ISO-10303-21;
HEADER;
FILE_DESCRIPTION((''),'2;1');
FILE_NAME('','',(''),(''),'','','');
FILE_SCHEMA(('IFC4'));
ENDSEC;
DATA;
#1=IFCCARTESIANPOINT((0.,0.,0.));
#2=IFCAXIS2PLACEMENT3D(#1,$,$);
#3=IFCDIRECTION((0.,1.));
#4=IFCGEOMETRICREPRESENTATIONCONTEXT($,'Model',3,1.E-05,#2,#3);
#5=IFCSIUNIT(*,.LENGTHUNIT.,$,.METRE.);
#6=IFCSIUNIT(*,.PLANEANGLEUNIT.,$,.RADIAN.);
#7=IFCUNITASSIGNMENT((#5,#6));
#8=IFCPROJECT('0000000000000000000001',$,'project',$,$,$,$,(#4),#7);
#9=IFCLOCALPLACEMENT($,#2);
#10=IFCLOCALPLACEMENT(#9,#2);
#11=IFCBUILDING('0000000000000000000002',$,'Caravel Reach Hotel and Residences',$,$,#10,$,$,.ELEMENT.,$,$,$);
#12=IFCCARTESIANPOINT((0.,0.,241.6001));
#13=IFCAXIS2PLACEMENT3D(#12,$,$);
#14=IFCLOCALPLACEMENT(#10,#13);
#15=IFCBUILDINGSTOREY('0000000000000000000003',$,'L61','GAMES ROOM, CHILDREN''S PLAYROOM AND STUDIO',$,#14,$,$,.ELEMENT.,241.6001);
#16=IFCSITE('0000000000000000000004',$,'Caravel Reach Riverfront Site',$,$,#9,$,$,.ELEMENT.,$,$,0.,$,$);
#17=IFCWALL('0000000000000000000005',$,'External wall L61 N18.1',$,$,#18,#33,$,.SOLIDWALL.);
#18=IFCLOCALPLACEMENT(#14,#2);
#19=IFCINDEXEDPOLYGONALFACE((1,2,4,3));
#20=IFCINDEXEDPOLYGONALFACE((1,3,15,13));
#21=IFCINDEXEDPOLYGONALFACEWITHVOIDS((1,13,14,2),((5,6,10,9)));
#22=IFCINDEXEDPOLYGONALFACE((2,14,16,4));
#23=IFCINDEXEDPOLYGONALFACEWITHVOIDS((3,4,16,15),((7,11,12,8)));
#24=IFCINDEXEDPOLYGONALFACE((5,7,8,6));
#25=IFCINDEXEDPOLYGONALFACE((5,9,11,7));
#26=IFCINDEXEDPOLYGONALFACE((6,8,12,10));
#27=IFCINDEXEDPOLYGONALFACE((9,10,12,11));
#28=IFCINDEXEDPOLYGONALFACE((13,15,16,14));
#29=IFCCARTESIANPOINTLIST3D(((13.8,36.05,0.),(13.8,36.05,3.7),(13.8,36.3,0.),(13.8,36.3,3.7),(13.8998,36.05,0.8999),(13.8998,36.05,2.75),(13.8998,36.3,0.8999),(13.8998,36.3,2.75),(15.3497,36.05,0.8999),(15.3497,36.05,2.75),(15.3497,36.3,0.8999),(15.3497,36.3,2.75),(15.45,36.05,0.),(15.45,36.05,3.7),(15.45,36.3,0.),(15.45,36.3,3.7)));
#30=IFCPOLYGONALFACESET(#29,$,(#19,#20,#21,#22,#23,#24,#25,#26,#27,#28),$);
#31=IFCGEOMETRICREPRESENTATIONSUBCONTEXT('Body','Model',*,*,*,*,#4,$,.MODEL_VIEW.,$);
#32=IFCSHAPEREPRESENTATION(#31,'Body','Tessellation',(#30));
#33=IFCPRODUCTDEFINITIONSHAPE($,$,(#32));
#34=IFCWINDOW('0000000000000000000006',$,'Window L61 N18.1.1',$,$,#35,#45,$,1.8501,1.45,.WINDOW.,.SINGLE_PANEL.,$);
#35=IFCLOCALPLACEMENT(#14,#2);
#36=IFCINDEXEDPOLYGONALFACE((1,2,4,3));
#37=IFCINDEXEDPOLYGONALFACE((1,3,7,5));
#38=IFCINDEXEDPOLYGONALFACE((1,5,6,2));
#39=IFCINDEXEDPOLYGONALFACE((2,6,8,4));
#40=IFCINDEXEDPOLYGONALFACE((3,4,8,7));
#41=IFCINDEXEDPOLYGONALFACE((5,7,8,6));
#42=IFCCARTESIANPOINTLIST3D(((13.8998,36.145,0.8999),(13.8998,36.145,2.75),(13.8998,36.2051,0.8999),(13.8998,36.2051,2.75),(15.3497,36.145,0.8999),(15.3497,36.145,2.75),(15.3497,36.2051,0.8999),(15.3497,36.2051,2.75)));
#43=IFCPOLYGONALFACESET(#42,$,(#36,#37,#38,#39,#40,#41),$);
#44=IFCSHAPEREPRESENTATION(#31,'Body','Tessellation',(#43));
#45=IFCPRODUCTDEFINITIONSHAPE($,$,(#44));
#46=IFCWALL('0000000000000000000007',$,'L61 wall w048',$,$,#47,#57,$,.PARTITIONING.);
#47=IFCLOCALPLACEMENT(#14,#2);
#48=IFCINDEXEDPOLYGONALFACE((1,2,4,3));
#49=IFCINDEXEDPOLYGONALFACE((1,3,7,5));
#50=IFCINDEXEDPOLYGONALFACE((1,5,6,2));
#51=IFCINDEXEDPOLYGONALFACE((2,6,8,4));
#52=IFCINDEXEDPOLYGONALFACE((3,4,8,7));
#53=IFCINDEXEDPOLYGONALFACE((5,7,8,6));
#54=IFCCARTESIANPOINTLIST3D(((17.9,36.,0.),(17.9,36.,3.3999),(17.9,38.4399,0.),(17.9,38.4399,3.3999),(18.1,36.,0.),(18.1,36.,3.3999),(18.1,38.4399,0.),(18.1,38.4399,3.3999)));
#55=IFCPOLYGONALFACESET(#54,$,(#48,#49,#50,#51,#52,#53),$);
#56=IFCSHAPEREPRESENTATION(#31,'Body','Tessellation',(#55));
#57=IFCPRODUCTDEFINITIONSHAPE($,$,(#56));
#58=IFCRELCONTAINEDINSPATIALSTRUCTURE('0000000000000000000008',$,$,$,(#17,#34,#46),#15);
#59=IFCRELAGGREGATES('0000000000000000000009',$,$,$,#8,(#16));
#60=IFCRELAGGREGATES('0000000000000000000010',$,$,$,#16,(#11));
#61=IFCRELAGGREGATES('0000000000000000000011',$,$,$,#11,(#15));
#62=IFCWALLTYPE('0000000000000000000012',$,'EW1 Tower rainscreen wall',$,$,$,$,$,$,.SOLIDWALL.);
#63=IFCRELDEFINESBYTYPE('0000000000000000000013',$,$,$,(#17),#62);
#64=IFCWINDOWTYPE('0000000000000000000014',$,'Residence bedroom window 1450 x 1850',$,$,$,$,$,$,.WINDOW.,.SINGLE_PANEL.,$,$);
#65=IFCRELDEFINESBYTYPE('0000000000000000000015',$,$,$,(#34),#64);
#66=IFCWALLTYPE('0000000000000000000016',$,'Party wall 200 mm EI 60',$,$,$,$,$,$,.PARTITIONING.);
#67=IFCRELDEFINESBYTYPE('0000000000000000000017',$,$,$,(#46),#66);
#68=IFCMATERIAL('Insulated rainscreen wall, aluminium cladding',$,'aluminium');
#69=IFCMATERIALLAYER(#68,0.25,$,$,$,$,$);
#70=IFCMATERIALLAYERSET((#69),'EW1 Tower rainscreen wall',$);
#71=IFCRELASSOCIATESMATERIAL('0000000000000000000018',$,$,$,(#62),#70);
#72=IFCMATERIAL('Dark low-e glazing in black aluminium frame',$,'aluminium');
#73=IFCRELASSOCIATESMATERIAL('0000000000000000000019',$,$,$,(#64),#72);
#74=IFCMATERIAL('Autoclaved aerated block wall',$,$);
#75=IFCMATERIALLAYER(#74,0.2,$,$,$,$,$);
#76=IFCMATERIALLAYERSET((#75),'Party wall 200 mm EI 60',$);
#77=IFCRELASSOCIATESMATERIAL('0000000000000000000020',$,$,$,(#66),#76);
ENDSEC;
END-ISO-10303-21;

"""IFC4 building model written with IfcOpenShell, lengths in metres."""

from ifc_helpers import new_model, si_unit, direction, frame, frame_2d, origin, place, context, subcontext, project, spatial, rectangle, extrude, material, layer, layer_set, type_object, element, fill, save


model = new_model("IFC4")

# Units and contexts
model_context = context("Model", 3, precision=1e-05, world=origin(), true_north=direction((0.0, 1.0)))
body_context = subcontext(model_context, "Body", "Model", "MODEL_VIEW")
ifc_project = project(units=[si_unit("LENGTHUNIT", "METRE"), si_unit("PLANEANGLEUNIT", "RADIAN")], contexts=[model_context])

# Site, building, storey
site_placement = place(None, origin())
site = spatial("IfcSite", under=ifc_project, at=site_placement, Name="Caravel Reach Riverfront Site", CompositionType="ELEMENT", RefElevation=0.0)
building_placement = place(site_placement, origin())
building = spatial("IfcBuilding", under=site, at=building_placement, Name="Caravel Reach Hotel and Residences", CompositionType="ELEMENT")
storey_placement = place(building_placement, frame((0.0, 0.0, 241.6001)))
storey = spatial("IfcBuildingStorey", under=building, at=storey_placement, Name="L61", Description="GAMES ROOM, CHILDREN'S PLAYROOM AND STUDIO", CompositionType="ELEMENT", Elevation=241.6001)

# Wall, opening, window
ifc_material_1 = material(Name="Insulated rainscreen wall, aluminium cladding", Category="aluminium")
ifc_layer_1 = layer(ifc_material_1, 0.25)
ifc_layer_set_1 = layer_set([ifc_layer_1], Name="EW1 Tower rainscreen wall")
wall_type_1 = type_object("IfcWallType", Name="EW1 Tower rainscreen wall", PredefinedType="SOLIDWALL", material=ifc_layer_set_1)
ifc_material_2 = material(Name="Dark low-e glazing in black aluminium frame", Category="aluminium")
window_type = type_object("IfcWindowType", Name="Residence bedroom window 1450 x 1850", PartitioningType="SINGLE_PANEL", PredefinedType="WINDOW", material=ifc_material_2)
wall_1_placement = place(storey_placement, frame((15.45, 36.175, 0.0), z_axis=(0.0, 0.0, 1.0), x_axis=(-1.0, 0.0, 0.0)))
wall_1 = element("IfcWall", 1, at=wall_1_placement, inside=storey, type_object=wall_type_1, Name="External wall L61 N18.1", PredefinedType="SOLIDWALL", context=body_context, shape_type="SweptSolid", body=[
    extrude(rectangle(XDim=1.6499, YDim=0.25, at=frame_2d((0.825, 0.0))), origin(), (0.0, 0.0, 1.0), 3.7),
])
opening_1_placement = place(wall_1_placement, frame((0.1001, 0.0, 0.8999)))
opening_1 = element("IfcOpeningElement", 2, at=opening_1_placement, cuts=wall_1, PredefinedType="OPENING", context=body_context, shape_type="SweptSolid", body=[
    extrude(rectangle(XDim=1.45, YDim=1.8501, at=frame_2d((0.7251, 0.925))), frame((0.0, 0.135, 0.0), z_axis=(0.0, -1.0, 0.0), x_axis=(1.0, 0.0, 0.0)), (0.0, 0.0, 1.0), 0.27),
])
window_1_placement = place(opening_1_placement, origin())
window_1 = element("IfcWindow", 3, at=window_1_placement, inside=storey, type_object=window_type, Name="Window L61 N18.1.1", OverallHeight=1.8501, OverallWidth=1.45, PartitioningType="SINGLE_PANEL", PredefinedType="WINDOW", context=body_context, shape_type="SweptSolid", body=[
    extrude(rectangle(XDim=1.45, YDim=1.8501, at=frame_2d((0.7251, 0.925))), frame((0.0, 0.03, 0.0), z_axis=(0.0, -1.0, 0.0), x_axis=(1.0, 0.0, 0.0)), (0.0, 0.0, 1.0), 0.0601),
])
fill(opening_1, window_1)

# Wall
ifc_material_3 = material(Name="Autoclaved aerated block wall")
ifc_layer_2 = layer(ifc_material_3, 0.2)
ifc_layer_set_2 = layer_set([ifc_layer_2], Name="Party wall 200 mm EI 60")
wall_type_2 = type_object("IfcWallType", Name="Party wall 200 mm EI 60", PredefinedType="PARTITIONING", material=ifc_layer_set_2)
wall_2_placement = place(storey_placement, frame((18.0, 36.0, 0.0), z_axis=(0.0, 0.0, 1.0), x_axis=(0.0, 1.0, 0.0)))
element("IfcWall", 4, at=wall_2_placement, inside=storey, type_object=wall_type_2, Name="L61 wall w048", PredefinedType="PARTITIONING", context=body_context, shape_type="SweptSolid", body=[
    extrude(rectangle(XDim=2.4399, YDim=0.2, at=frame_2d((1.22, 0.0))), origin(), (0.0, 0.0, 1.0), 3.3999),
])

save(model, "model.ifc")
